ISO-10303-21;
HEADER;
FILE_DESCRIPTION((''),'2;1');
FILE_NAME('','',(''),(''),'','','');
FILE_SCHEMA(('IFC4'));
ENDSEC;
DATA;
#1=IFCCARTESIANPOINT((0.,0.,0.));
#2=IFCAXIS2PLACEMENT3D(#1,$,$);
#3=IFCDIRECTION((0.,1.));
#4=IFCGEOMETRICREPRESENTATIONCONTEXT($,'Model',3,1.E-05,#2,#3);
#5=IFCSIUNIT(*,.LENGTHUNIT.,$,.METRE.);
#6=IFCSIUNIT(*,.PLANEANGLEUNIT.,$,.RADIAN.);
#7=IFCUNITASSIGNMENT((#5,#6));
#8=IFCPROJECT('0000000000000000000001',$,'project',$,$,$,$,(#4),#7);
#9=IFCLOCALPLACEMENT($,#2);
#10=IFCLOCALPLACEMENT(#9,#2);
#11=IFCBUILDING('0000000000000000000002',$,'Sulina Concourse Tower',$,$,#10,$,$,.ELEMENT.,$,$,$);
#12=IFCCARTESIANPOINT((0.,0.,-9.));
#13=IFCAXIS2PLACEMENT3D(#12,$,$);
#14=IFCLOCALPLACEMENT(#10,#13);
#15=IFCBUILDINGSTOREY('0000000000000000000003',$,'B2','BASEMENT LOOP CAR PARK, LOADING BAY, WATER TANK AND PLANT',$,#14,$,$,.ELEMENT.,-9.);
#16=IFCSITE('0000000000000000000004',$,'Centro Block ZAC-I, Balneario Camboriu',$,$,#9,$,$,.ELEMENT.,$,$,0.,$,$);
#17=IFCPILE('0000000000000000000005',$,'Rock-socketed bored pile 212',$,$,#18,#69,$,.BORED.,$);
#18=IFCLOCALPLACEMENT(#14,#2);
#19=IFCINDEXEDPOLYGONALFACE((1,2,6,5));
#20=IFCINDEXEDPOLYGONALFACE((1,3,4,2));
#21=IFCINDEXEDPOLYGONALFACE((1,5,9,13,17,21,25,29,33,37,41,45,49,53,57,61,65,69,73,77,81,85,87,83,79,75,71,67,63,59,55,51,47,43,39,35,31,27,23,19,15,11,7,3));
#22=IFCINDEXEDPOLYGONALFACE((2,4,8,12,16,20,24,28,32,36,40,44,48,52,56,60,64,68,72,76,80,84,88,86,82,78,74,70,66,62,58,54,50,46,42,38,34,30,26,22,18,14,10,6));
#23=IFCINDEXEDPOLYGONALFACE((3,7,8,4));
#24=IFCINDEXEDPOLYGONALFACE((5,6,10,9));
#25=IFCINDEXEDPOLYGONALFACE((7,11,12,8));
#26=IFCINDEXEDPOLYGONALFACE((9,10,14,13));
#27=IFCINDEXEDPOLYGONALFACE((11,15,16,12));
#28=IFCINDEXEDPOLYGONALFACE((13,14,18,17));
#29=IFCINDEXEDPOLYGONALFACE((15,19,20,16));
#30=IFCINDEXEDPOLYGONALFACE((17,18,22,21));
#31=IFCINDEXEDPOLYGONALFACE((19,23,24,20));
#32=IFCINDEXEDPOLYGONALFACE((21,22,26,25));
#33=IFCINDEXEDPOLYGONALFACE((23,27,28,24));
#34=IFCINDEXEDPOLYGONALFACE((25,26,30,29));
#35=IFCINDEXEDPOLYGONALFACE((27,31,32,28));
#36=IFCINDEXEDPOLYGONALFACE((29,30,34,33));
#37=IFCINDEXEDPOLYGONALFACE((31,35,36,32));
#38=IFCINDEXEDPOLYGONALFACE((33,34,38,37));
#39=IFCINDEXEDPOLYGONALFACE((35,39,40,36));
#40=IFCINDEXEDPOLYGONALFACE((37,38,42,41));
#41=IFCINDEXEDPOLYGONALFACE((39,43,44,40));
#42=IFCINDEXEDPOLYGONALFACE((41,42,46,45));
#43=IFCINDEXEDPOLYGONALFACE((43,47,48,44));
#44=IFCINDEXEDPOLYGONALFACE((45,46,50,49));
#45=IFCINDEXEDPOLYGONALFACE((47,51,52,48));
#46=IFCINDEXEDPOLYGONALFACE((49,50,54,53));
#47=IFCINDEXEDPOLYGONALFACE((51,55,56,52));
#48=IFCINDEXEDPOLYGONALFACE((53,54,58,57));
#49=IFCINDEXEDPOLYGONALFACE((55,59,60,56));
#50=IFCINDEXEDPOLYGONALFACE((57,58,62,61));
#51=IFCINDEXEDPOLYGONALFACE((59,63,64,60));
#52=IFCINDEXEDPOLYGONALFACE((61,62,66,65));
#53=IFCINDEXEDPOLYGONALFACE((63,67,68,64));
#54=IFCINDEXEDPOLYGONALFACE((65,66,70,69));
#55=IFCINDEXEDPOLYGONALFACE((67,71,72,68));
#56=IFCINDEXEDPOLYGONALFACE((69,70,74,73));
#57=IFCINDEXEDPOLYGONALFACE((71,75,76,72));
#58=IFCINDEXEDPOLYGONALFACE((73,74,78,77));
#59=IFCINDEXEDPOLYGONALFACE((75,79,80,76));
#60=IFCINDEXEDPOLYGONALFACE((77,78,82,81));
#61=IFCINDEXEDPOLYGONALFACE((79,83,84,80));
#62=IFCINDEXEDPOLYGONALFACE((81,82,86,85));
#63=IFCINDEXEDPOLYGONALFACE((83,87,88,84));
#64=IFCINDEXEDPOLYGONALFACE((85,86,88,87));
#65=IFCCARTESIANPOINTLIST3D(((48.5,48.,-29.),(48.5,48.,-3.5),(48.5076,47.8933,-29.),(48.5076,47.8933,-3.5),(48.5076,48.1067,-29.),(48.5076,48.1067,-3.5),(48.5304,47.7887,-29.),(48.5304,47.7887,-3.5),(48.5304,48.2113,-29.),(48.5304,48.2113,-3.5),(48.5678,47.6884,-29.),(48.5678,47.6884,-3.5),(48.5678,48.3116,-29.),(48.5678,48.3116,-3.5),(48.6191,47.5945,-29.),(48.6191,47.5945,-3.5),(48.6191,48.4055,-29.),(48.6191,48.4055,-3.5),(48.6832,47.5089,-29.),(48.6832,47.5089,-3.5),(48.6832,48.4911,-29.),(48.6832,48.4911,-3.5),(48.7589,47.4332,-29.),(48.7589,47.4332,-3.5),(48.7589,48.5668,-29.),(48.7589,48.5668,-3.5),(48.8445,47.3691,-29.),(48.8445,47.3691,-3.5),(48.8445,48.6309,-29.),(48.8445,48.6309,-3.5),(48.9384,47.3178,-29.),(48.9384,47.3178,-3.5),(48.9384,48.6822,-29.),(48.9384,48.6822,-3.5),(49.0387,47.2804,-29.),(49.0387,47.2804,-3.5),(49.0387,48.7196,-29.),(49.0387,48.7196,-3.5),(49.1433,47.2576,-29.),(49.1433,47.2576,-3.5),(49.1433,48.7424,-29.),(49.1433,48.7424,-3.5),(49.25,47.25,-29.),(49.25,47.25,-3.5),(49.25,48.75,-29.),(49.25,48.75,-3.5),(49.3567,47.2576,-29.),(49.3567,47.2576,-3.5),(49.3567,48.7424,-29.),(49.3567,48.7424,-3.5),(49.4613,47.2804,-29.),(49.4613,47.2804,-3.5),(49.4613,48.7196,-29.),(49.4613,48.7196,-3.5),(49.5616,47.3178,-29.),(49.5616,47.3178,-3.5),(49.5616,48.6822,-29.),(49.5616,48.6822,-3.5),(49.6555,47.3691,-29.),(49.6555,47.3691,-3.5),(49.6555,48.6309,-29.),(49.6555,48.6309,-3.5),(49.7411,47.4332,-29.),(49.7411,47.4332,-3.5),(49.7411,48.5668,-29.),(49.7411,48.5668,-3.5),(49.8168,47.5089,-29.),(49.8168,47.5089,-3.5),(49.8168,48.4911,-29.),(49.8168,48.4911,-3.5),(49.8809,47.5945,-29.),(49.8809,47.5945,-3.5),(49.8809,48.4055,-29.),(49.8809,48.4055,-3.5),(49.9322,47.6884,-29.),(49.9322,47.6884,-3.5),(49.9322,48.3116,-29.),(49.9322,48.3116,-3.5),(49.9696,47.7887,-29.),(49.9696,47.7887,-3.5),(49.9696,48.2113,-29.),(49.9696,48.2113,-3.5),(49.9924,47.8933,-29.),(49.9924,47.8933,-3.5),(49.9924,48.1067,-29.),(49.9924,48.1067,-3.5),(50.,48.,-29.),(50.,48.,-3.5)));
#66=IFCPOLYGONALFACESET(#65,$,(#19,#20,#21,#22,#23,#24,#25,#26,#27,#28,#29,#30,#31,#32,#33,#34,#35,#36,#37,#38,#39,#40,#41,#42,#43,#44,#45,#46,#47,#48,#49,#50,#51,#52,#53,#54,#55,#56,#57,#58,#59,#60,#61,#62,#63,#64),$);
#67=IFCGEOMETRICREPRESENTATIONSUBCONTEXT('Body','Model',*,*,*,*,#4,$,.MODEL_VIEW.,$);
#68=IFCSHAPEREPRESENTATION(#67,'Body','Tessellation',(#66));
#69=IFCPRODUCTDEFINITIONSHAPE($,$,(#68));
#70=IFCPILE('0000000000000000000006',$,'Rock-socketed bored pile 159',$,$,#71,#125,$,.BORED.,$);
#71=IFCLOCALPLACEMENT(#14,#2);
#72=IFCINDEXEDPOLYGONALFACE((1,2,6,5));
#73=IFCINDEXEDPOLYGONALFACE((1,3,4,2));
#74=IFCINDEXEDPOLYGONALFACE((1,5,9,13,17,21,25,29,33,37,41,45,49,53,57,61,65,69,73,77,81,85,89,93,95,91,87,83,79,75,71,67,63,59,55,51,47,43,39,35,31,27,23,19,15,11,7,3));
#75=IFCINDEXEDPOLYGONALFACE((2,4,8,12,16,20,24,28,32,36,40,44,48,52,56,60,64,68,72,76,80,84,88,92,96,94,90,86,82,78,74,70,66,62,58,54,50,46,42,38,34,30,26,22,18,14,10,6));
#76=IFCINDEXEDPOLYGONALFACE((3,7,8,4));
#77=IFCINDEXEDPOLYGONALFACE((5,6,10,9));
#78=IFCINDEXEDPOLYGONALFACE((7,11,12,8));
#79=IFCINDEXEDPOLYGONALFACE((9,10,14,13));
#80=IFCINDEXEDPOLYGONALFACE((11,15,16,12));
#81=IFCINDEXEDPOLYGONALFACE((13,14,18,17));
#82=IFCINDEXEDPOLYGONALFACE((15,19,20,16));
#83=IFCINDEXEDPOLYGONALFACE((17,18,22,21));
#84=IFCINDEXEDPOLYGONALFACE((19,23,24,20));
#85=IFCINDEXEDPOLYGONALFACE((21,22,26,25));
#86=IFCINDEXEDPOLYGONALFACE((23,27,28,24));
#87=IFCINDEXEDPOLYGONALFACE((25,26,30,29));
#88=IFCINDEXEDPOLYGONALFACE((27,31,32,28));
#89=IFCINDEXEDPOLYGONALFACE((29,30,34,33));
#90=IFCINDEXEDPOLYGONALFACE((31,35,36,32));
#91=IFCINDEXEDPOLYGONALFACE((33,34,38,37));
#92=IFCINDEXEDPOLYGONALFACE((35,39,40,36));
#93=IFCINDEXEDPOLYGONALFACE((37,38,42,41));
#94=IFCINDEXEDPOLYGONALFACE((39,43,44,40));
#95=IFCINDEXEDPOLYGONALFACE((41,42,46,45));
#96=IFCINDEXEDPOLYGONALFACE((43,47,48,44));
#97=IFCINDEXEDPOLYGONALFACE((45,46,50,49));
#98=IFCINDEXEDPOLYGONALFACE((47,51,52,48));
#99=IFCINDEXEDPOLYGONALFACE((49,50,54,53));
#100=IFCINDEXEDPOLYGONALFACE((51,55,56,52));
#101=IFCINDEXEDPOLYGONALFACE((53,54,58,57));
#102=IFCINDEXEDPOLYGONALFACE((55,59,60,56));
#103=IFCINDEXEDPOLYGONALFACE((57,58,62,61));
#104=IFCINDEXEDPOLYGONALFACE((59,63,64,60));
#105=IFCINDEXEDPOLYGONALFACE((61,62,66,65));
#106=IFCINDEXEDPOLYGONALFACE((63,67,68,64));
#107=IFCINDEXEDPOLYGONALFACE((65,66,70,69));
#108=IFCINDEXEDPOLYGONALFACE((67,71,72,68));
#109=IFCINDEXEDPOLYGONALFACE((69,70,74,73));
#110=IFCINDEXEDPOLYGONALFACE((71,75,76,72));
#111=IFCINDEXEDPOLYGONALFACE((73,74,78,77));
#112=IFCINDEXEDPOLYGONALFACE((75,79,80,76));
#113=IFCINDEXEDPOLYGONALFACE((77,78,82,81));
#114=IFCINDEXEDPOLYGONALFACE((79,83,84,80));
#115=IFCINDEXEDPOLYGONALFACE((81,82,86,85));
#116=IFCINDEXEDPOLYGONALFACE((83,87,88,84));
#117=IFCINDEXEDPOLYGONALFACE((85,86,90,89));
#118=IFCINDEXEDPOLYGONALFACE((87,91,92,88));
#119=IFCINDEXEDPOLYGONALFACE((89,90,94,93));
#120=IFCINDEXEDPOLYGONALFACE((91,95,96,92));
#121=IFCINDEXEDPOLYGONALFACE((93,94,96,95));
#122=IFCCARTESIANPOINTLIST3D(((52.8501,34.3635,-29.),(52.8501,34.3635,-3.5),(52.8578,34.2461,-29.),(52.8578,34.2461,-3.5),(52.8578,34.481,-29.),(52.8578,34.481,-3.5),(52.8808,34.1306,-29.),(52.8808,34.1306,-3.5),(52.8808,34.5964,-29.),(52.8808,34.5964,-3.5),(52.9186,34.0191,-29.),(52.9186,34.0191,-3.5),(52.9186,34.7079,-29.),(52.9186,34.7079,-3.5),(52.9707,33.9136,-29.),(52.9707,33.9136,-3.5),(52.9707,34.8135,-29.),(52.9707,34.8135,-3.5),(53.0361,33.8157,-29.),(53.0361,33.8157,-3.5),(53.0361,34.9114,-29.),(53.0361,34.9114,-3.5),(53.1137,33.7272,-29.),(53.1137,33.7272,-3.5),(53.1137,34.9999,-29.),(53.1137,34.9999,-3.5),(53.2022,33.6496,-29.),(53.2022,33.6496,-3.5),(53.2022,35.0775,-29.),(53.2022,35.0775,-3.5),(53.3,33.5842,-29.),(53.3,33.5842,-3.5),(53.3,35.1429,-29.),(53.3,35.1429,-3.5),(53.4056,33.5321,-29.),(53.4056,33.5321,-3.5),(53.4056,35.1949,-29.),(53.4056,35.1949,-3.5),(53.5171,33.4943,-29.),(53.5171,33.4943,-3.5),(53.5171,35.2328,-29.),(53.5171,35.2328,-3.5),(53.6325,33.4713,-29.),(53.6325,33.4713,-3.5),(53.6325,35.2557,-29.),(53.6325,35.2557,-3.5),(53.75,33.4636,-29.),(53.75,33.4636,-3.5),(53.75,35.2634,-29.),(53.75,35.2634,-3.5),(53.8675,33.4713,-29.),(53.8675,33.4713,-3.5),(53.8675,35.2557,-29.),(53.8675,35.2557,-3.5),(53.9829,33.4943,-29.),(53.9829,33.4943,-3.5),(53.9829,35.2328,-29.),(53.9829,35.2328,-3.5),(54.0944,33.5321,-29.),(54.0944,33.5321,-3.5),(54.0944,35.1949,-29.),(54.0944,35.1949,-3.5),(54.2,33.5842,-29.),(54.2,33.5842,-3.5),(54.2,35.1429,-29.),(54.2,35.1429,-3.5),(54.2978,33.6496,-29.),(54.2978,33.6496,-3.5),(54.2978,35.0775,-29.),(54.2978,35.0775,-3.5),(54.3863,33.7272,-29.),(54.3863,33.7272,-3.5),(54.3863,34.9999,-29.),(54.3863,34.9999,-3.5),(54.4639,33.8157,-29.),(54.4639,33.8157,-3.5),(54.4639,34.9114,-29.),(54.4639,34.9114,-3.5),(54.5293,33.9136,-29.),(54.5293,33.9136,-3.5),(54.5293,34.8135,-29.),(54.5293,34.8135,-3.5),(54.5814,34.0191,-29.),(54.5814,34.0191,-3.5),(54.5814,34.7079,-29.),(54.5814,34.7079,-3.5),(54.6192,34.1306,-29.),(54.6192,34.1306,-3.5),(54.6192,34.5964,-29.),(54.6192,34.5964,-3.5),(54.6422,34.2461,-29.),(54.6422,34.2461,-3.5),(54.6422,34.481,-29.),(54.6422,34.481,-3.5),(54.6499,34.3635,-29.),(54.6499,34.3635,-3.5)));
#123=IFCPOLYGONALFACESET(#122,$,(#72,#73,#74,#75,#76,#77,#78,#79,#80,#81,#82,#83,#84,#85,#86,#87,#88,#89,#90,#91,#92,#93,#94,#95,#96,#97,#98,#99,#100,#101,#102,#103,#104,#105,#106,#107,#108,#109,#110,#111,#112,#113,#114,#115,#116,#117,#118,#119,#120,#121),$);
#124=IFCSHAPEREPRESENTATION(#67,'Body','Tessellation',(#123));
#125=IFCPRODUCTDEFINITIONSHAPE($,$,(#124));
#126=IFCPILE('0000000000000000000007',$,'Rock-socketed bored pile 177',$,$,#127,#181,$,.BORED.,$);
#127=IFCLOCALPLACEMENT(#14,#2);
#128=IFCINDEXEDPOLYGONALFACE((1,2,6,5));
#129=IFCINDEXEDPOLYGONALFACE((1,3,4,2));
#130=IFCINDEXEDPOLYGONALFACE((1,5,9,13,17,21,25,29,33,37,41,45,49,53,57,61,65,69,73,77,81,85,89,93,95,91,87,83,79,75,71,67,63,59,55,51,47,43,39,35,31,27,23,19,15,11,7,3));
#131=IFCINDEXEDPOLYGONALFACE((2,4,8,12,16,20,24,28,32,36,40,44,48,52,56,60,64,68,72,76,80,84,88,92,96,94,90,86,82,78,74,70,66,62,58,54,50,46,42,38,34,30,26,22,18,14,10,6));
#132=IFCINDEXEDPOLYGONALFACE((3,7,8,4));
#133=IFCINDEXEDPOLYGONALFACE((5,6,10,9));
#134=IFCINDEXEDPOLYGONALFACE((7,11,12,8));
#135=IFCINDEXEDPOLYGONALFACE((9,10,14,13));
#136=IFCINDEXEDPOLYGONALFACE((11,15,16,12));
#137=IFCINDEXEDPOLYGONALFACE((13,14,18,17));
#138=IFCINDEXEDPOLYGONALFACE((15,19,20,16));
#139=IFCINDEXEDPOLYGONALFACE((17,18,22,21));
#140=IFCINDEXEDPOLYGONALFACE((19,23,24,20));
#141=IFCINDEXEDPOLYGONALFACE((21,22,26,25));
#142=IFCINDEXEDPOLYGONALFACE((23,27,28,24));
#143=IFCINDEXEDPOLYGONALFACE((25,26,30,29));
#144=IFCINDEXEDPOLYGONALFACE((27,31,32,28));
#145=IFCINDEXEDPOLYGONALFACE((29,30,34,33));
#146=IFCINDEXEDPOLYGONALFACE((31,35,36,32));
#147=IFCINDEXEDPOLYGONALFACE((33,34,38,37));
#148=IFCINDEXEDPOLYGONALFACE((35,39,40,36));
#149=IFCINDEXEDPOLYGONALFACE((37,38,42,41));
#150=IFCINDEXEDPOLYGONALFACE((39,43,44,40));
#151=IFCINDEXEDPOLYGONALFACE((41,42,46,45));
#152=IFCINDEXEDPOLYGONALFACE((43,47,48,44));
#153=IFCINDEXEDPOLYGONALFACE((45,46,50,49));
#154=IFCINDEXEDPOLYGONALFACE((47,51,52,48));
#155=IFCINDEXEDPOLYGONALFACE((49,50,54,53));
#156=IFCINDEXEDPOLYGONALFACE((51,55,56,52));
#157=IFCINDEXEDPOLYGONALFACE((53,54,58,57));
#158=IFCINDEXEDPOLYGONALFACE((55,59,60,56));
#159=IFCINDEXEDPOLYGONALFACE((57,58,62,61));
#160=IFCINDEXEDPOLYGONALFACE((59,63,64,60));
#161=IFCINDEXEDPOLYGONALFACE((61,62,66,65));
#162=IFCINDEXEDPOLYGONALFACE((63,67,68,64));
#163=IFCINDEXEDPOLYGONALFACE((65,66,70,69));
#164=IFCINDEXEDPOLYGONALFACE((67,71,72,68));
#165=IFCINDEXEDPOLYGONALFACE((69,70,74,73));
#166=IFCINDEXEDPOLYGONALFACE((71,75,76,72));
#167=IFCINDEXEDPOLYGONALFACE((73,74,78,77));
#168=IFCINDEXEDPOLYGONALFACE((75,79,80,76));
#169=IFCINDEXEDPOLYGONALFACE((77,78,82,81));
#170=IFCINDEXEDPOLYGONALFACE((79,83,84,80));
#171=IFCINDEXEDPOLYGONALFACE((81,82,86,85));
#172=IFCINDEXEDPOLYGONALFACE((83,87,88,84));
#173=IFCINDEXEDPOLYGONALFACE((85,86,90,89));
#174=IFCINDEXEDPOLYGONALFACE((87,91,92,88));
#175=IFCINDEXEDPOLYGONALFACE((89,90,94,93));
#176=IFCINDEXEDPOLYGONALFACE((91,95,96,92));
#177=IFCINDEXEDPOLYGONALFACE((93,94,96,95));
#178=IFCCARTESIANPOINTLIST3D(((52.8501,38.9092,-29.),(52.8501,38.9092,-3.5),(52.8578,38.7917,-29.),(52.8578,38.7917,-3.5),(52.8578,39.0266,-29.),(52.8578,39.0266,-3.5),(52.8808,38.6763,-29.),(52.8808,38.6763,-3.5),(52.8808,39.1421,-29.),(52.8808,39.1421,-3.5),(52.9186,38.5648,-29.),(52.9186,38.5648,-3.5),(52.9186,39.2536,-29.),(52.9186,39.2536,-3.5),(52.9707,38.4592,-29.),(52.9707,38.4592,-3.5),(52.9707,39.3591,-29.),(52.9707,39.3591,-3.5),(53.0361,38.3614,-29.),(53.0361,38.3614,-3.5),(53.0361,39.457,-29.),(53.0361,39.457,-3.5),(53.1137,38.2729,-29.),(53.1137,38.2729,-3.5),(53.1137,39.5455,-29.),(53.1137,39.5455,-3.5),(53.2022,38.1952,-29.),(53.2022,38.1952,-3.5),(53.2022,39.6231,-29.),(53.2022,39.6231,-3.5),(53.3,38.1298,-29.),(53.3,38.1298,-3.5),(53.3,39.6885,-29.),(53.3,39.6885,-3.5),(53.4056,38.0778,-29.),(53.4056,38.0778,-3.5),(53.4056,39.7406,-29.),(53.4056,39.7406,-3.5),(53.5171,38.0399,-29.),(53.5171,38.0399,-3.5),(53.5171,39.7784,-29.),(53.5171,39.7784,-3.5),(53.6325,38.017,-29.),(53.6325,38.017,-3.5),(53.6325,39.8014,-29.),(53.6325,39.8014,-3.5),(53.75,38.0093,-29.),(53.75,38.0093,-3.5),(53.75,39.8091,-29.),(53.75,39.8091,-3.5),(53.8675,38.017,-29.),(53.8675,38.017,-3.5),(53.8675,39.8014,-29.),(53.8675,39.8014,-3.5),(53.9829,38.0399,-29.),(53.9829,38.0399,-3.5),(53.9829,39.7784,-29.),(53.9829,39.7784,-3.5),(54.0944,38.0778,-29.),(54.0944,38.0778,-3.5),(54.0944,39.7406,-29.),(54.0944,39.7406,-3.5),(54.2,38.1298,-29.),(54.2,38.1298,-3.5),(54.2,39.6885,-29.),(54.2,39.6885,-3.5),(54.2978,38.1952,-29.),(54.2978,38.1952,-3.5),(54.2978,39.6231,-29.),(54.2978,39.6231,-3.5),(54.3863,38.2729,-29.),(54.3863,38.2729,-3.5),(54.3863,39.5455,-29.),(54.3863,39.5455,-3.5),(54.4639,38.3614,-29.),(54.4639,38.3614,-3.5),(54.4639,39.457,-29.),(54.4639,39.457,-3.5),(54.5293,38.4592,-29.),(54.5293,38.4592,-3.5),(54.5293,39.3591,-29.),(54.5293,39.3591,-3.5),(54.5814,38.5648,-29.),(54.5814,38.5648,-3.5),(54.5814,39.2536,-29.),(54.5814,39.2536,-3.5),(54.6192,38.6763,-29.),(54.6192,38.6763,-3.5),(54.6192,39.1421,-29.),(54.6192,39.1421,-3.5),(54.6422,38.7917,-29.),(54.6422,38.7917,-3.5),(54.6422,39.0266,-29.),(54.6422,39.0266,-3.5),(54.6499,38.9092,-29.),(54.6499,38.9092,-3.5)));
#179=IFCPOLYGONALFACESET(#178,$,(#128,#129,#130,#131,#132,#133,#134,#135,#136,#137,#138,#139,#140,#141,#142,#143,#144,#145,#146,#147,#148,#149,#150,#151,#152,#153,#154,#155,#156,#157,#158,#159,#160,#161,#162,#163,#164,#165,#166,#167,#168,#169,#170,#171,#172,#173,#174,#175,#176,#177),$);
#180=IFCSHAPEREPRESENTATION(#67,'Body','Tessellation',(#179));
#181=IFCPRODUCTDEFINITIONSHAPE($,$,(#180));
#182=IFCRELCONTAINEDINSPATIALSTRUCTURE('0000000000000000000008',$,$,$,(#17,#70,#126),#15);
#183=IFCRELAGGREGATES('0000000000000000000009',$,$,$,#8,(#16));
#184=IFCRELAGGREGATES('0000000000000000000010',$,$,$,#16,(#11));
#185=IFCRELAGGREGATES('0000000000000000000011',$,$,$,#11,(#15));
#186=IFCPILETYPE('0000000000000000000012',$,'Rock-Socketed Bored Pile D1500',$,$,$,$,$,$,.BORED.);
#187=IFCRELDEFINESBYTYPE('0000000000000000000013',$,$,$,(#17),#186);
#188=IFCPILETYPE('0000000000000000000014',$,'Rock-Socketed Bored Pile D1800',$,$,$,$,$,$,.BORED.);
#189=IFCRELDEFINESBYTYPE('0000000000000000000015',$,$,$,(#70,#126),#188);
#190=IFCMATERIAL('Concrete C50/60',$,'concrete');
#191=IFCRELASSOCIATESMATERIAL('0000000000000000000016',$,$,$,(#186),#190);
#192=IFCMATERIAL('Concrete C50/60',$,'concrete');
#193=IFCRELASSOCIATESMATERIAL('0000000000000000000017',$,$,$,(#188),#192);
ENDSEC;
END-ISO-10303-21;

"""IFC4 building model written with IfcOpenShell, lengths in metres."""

from ifc_helpers import new_model, si_unit, direction, frame, origin, origin_2d, place, context, subcontext, project, spatial, circle, extrude, material, material_profile, profile_set, type_object, element, save


model = new_model("IFC4")

# Units and contexts
model_context = context("Model", 3, precision=1e-05, world=origin(), true_north=direction((0.0, 1.0)))
body_context = subcontext(model_context, "Body", "Model", "MODEL_VIEW")
ifc_project = project(units=[si_unit("LENGTHUNIT", "METRE"), si_unit("PLANEANGLEUNIT", "RADIAN")], contexts=[model_context])

# Site, building, storey
site_placement = place(None, origin())
site = spatial("IfcSite", under=ifc_project, at=site_placement, Name="Centro Block ZAC-I, Balneario Camboriu", CompositionType="ELEMENT", RefElevation=0.0)
building_placement = place(site_placement, origin())
building = spatial("IfcBuilding", under=site, at=building_placement, Name="Sulina Concourse Tower", CompositionType="ELEMENT")
storey_placement = place(building_placement, frame((0.0, 0.0, -9.0)))
storey = spatial("IfcBuildingStorey", under=building, at=storey_placement, Name="B2", Description="BASEMENT LOOP CAR PARK, LOADING BAY, WATER TANK AND PLANT", CompositionType="ELEMENT", Elevation=-9.0)

# Piles
ifc_material_1 = material(Name="Concrete C50/60", Category="concrete")
ifc_material_profile_1 = material_profile(ifc_material_1, circle(Radius=0.75, at=origin_2d()), Name="PILE D1500")
ifc_profile_set_1 = profile_set([ifc_material_profile_1], Name="Concrete C50/60")
pile_type_1 = type_object("IfcPileType", Name="Rock-Socketed Bored Pile D1500", PredefinedType="BORED", material=ifc_profile_set_1)
for number, where, z_axis, x_axis, name in (
    (1, (49.25, 48.0, -3.5), (0.0, 0.0, -1.0), (1.0, 0.0, 0.0), "Rock-socketed bored pile 212"),
):
    element("IfcPile", number, at=place(storey_placement, frame(where, z_axis=z_axis, x_axis=x_axis)), inside=storey, type_object=pile_type_1, Name=name, PredefinedType="BORED", context=body_context, shape_type="SweptSolid", body=[
        extrude(circle(Radius=0.75, at=origin_2d()), origin(), (0.0, 0.0, 1.0), 25.5),
    ])
ifc_material_2 = material(Name="Concrete C50/60", Category="concrete")
ifc_material_profile_2 = material_profile(ifc_material_2, circle(Radius=0.8999, at=origin_2d()), Name="PILE D1800")
ifc_profile_set_2 = profile_set([ifc_material_profile_2], Name="Concrete C50/60")
pile_type_2 = type_object("IfcPileType", Name="Rock-Socketed Bored Pile D1800", PredefinedType="BORED", material=ifc_profile_set_2)
for number, where, z_axis, x_axis, name in (
    (2, (53.75, 34.3635, -3.5), (0.0, 0.0, -1.0), (1.0, 0.0, 0.0), "Rock-socketed bored pile 159"),
    (3, (53.75, 38.9092, -3.5), (0.0, 0.0, -1.0), (1.0, 0.0, 0.0), "Rock-socketed bored pile 177"),
):
    element("IfcPile", number, at=place(storey_placement, frame(where, z_axis=z_axis, x_axis=x_axis)), inside=storey, type_object=pile_type_2, Name=name, PredefinedType="BORED", context=body_context, shape_type="SweptSolid", body=[
        extrude(circle(Radius=0.8999, at=origin_2d()), origin(), (0.0, 0.0, 1.0), 25.5),
    ])

save(model, "model.ifc")
